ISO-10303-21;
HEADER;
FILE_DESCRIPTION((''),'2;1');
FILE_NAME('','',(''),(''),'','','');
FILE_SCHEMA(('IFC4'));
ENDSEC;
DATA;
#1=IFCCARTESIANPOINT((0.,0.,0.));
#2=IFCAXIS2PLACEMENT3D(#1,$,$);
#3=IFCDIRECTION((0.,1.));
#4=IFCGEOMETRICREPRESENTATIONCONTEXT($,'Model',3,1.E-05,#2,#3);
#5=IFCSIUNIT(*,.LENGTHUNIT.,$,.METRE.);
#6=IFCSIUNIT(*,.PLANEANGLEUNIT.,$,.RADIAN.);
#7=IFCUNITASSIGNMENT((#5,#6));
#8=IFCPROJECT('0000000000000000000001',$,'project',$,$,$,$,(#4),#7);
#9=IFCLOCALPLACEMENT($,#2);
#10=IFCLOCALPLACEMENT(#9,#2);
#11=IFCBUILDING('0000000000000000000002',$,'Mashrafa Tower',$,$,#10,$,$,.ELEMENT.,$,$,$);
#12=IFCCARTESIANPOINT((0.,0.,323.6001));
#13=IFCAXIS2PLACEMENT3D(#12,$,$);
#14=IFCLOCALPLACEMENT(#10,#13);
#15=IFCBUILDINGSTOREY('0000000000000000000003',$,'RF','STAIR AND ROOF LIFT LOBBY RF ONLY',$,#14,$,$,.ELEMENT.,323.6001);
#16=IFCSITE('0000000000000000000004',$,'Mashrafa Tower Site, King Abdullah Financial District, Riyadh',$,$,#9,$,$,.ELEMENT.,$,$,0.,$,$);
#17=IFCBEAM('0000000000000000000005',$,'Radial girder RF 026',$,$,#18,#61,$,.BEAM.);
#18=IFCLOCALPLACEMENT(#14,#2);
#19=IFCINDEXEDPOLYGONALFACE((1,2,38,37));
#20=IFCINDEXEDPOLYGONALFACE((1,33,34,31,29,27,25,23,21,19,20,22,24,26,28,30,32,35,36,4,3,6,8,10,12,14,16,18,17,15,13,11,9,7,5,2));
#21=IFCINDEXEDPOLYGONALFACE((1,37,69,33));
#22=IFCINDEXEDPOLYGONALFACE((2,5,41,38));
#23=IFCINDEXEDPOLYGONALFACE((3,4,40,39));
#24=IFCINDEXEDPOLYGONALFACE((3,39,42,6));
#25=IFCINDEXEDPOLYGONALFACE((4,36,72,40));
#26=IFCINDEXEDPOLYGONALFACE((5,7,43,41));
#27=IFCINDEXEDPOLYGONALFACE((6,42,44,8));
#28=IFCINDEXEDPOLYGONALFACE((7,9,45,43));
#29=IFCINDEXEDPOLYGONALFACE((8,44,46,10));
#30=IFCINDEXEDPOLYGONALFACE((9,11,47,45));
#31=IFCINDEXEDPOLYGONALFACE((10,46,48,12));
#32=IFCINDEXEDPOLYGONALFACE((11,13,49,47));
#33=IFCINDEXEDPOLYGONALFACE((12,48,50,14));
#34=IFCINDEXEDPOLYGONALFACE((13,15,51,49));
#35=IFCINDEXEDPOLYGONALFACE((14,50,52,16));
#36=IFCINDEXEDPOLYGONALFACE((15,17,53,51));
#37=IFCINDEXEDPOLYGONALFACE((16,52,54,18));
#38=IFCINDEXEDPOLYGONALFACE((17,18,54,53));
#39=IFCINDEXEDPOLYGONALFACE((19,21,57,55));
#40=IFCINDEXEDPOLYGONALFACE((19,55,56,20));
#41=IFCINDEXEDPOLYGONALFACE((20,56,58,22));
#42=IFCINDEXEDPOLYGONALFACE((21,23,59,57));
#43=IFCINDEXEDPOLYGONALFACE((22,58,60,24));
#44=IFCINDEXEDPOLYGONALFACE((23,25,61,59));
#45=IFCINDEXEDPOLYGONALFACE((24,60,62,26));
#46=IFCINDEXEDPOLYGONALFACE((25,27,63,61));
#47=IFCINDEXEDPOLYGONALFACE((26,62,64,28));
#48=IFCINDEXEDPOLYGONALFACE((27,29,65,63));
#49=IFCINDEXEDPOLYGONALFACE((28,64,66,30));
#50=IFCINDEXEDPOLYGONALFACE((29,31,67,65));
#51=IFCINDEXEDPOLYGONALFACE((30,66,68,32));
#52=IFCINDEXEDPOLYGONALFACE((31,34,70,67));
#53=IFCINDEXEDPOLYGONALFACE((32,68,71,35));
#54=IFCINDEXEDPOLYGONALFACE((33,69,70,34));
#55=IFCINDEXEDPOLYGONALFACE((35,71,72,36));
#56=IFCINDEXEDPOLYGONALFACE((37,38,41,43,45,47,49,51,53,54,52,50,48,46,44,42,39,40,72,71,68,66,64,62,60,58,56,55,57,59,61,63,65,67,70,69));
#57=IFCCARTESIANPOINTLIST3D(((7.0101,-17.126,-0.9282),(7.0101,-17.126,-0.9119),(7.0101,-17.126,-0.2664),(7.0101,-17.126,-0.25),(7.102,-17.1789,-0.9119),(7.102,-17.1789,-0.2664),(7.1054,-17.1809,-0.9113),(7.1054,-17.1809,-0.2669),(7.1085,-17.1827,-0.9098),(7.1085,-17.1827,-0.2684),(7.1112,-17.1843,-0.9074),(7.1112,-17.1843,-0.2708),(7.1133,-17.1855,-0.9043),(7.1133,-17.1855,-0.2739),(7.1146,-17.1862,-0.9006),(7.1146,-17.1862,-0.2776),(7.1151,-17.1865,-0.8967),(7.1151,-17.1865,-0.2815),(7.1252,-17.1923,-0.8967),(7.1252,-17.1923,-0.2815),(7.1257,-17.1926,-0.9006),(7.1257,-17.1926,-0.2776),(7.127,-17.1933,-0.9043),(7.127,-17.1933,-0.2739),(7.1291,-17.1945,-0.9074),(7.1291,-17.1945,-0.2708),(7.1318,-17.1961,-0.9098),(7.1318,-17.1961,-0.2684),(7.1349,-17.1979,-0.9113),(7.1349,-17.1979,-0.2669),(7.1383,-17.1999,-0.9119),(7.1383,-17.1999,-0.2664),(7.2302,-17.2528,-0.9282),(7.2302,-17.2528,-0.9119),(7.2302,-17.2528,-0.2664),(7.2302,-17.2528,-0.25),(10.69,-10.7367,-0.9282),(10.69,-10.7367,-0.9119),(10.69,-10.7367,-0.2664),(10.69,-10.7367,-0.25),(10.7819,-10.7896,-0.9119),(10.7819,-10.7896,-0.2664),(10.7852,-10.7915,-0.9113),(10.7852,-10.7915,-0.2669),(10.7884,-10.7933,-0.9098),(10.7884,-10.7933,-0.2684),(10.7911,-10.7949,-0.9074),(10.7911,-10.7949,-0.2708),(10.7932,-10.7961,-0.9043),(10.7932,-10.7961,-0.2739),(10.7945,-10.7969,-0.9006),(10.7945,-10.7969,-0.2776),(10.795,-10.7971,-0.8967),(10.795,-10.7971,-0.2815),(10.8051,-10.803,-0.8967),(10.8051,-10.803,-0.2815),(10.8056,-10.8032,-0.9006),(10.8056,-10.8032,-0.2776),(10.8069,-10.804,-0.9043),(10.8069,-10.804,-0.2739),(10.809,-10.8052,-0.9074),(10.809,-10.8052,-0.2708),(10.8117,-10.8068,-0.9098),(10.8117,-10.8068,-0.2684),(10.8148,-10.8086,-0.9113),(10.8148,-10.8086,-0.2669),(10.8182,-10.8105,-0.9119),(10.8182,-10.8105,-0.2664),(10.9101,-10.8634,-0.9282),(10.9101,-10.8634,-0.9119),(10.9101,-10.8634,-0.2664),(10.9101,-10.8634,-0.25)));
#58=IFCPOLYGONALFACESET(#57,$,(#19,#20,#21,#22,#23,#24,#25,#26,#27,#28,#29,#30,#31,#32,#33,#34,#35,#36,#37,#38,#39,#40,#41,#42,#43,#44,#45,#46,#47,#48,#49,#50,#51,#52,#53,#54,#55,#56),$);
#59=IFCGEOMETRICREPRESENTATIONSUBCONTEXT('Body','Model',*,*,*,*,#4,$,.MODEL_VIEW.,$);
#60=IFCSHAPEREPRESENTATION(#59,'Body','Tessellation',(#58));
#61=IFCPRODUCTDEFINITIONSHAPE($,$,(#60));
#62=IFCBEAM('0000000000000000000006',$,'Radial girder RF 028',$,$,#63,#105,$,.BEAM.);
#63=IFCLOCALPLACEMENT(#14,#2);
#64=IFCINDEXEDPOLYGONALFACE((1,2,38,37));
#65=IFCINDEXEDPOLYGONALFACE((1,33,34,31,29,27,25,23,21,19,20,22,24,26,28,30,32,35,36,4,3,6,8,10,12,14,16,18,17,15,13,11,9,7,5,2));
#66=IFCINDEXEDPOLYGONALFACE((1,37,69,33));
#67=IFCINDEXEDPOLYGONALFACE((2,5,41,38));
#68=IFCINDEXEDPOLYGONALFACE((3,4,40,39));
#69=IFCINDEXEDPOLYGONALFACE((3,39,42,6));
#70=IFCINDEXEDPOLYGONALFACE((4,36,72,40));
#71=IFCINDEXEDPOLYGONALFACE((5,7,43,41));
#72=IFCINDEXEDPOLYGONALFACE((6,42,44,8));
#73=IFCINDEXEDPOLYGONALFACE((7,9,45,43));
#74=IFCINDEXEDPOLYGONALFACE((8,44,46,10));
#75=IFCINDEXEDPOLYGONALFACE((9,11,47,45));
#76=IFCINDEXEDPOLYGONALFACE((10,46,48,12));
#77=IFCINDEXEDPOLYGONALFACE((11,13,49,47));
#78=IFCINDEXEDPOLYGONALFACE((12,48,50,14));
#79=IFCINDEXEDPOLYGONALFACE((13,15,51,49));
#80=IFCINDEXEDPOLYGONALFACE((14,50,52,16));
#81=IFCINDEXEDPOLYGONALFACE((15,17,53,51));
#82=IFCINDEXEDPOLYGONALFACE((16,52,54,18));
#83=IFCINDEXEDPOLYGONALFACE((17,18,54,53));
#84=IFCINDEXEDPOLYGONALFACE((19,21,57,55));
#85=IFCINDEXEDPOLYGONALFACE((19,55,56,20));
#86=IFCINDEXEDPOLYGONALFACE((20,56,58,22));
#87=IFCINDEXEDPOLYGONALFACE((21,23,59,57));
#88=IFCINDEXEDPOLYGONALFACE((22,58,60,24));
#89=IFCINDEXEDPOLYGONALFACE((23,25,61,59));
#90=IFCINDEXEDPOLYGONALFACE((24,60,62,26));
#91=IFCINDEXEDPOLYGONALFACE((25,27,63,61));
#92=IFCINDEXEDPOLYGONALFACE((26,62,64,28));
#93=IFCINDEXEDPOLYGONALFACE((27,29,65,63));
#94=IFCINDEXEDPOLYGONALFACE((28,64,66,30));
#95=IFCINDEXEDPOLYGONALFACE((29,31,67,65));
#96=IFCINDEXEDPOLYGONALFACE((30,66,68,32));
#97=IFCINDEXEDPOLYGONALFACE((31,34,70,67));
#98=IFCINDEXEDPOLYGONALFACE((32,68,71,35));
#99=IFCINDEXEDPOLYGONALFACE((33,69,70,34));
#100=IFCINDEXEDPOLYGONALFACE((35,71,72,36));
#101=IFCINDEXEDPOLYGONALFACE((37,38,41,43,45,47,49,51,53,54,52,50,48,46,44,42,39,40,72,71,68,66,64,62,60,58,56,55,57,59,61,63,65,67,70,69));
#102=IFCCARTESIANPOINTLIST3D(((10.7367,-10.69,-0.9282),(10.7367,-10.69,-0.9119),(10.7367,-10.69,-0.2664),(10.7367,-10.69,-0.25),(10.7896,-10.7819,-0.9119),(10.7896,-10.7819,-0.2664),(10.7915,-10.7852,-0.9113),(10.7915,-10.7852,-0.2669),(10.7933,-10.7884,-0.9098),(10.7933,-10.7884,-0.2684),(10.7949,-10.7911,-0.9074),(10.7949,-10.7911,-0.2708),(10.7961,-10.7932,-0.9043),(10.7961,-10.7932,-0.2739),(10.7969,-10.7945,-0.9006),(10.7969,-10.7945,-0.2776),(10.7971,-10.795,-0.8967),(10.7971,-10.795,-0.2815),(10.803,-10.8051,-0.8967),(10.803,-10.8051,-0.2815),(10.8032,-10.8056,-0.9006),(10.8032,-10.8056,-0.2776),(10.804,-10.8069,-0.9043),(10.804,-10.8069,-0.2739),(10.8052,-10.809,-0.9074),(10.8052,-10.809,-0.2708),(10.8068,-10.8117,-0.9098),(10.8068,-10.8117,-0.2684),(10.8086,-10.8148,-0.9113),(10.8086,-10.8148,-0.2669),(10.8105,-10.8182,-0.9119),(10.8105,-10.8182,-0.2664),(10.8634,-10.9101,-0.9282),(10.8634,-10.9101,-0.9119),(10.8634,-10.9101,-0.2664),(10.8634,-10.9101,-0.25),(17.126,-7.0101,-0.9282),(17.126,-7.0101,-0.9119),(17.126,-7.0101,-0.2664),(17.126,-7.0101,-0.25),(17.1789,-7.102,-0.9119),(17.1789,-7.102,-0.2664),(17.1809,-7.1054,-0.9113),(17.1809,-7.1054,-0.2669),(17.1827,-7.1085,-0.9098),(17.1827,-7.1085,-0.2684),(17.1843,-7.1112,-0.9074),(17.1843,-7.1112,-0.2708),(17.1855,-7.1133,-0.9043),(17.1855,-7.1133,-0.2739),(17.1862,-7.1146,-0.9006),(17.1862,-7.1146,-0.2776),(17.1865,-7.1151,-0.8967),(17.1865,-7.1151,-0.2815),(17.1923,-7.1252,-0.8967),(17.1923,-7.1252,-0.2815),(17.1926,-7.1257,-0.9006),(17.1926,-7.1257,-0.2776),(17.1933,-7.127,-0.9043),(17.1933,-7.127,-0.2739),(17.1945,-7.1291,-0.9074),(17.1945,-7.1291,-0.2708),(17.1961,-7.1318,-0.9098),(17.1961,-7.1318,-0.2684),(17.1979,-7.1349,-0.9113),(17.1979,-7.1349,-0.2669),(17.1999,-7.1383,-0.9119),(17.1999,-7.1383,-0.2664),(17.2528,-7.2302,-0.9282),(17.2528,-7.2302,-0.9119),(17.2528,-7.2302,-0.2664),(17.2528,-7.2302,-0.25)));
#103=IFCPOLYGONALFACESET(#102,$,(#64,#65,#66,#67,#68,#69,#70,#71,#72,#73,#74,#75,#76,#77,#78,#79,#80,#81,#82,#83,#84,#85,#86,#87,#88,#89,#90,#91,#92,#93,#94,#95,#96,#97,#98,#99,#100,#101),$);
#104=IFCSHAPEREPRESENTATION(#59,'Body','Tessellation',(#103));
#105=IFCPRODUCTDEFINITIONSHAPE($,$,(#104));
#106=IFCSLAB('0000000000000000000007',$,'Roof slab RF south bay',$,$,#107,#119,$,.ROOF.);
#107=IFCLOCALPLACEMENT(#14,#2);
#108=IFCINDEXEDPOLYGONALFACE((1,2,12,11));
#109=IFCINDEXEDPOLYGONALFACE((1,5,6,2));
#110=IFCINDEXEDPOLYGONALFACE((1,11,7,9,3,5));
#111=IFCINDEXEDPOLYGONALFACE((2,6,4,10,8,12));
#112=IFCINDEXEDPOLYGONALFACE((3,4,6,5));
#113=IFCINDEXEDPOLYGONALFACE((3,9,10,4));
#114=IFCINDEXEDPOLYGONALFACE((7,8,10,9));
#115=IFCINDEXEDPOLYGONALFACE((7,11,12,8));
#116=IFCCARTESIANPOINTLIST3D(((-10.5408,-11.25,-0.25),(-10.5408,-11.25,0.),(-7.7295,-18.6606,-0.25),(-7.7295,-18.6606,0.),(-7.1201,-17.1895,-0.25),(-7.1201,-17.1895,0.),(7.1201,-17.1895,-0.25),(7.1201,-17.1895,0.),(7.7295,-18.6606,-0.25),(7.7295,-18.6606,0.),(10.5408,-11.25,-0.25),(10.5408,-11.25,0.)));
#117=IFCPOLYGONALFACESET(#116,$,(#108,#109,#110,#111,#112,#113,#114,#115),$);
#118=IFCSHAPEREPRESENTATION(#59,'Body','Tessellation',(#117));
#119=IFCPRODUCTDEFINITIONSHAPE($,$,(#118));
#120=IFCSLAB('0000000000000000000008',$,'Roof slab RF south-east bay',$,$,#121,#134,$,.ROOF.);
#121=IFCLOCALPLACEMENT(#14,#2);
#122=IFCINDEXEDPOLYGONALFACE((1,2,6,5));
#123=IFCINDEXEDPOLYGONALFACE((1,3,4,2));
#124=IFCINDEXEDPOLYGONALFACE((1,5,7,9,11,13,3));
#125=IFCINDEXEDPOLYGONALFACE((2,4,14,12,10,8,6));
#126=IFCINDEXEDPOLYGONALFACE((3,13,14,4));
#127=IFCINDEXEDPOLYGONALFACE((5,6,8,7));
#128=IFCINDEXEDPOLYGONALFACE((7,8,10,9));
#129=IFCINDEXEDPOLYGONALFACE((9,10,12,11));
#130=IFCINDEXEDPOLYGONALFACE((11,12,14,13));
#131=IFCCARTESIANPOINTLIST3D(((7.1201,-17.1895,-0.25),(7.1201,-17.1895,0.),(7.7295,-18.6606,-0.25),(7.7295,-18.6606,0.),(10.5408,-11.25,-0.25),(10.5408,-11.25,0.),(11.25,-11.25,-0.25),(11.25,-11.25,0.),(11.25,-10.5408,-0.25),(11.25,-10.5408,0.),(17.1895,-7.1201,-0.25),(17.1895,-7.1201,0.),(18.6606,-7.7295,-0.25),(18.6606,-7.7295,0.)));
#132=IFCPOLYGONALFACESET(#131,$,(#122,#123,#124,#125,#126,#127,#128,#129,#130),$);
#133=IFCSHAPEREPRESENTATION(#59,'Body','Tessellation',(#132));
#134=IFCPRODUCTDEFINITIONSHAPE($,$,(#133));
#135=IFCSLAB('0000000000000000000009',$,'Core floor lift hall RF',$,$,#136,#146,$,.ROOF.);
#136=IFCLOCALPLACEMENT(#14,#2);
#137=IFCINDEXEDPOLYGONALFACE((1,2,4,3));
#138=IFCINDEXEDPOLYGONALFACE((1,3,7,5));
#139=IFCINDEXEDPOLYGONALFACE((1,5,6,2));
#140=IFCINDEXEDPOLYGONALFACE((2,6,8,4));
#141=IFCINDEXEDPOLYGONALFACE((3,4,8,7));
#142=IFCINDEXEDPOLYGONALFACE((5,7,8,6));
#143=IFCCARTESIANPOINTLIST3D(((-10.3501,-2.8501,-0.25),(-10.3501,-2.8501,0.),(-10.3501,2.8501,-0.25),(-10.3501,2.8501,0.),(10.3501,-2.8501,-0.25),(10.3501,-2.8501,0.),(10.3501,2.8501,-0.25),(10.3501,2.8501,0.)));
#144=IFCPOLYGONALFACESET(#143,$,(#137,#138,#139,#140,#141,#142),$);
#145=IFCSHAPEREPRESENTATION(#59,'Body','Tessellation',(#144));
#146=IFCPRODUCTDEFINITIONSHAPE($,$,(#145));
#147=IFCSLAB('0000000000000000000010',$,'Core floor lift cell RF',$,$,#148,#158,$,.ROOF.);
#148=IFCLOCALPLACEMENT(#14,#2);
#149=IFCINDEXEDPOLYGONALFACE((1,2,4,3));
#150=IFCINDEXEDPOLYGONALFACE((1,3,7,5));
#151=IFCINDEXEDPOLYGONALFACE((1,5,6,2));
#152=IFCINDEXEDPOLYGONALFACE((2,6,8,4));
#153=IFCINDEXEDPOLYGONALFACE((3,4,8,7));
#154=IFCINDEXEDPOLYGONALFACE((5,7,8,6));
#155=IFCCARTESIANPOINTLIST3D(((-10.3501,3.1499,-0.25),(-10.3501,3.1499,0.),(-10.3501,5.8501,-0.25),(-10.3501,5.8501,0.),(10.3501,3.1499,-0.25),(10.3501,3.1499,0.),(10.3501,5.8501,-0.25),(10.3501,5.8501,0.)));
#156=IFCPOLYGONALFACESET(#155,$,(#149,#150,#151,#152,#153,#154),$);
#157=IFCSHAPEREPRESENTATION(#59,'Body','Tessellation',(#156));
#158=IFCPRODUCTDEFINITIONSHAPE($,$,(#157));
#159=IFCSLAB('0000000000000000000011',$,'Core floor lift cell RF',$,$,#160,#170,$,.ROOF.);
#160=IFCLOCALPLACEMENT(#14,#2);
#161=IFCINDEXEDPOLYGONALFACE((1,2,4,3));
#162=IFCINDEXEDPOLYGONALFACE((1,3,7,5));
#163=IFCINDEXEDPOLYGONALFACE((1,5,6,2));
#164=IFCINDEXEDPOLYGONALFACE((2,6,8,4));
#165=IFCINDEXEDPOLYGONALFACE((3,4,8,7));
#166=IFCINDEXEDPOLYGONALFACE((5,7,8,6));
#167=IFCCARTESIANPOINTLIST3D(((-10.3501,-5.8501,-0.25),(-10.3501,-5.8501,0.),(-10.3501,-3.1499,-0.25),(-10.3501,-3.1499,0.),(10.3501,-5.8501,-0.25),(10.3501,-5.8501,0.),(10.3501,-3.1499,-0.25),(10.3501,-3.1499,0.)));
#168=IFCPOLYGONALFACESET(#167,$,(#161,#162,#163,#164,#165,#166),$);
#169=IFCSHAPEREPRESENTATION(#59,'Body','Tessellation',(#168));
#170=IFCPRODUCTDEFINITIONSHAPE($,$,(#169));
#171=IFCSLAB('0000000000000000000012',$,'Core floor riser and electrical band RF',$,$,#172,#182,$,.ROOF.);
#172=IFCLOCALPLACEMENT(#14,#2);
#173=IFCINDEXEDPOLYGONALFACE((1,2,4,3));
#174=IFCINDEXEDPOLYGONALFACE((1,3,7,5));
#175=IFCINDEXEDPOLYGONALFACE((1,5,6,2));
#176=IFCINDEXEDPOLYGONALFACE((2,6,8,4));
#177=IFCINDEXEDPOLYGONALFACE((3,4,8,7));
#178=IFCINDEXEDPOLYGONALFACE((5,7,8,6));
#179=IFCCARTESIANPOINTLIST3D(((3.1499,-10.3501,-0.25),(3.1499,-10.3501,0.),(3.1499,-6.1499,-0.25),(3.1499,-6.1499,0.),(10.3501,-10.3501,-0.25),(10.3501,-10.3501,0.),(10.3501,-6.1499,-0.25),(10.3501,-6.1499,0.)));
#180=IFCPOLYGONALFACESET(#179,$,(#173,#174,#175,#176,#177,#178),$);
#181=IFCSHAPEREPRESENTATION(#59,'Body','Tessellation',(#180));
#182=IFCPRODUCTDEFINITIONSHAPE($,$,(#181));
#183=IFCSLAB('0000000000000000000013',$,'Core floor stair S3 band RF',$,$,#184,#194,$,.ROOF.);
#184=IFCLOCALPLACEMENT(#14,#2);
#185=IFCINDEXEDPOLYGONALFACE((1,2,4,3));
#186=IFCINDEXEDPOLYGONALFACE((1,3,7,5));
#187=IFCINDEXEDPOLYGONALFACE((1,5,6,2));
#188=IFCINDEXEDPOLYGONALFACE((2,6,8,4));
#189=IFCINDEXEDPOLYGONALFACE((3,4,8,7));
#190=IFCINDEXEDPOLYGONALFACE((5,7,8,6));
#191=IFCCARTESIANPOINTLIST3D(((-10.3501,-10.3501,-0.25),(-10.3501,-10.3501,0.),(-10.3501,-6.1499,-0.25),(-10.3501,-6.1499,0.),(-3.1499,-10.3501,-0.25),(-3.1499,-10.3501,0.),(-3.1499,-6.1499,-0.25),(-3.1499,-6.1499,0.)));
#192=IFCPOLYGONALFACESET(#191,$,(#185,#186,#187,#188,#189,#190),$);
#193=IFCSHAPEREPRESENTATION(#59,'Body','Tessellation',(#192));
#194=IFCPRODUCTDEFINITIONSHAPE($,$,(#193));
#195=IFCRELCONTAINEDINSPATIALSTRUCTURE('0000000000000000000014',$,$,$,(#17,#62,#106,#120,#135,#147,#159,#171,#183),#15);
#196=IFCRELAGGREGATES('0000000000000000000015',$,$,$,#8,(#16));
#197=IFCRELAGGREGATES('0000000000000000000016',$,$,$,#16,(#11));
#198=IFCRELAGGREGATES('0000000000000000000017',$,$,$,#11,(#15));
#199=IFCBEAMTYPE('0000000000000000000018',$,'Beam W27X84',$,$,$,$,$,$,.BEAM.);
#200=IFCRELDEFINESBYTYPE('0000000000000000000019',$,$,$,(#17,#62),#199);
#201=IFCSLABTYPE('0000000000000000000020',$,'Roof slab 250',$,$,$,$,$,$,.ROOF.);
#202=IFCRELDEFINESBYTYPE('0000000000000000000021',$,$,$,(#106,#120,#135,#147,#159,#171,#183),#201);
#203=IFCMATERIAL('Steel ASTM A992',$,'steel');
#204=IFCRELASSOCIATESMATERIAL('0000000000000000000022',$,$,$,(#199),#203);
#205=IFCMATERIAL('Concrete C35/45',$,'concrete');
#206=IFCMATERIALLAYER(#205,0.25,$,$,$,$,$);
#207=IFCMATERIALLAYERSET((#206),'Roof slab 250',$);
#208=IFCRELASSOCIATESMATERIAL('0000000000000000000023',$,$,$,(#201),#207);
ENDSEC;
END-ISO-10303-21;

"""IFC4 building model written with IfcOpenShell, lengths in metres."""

from ifc_helpers import new_model, si_unit, direction, frame, origin, origin_2d, place, context, subcontext, project, spatial, polyline, i_section, outline, extrude, material, layer, layer_set, material_profile, profile_set, type_object, element, save


model = new_model("IFC4")

# Units and contexts
model_context = context("Model", 3, precision=1e-05, world=origin(), true_north=direction((0.0, 1.0)))
body_context = subcontext(model_context, "Body", "Model", "MODEL_VIEW")
ifc_project = project(units=[si_unit("LENGTHUNIT", "METRE"), si_unit("PLANEANGLEUNIT", "RADIAN")], contexts=[model_context])

# Site, building, storey
site_placement = place(None, origin())
site = spatial("IfcSite", under=ifc_project, at=site_placement, Name="Mashrafa Tower Site, King Abdullah Financial District, Riyadh", CompositionType="ELEMENT", RefElevation=0.0)
building_placement = place(site_placement, origin())
building = spatial("IfcBuilding", under=site, at=building_placement, Name="Mashrafa Tower", CompositionType="ELEMENT")
storey_placement = place(building_placement, frame((0.0, 0.0, 323.6001)))
storey = spatial("IfcBuildingStorey", under=building, at=storey_placement, Name="RF", Description="STAIR AND ROOF LIFT LOBBY RF ONLY", CompositionType="ELEMENT", Elevation=323.6001)

# Beams
ifc_material_1 = material(Name="Steel ASTM A992", Category="steel")
ifc_material_profile_1 = material_profile(ifc_material_1, i_section(OverallWidth=0.2539, OverallDepth=0.6782, WebThickness=0.0117, FlangeThickness=0.0164, FilletRadius=0.0151, at=origin_2d()), Name="W27X84")
ifc_profile_set_1 = profile_set([ifc_material_profile_1], Name="Steel ASTM A992")
beam_type_1 = type_object("IfcBeamType", Name="Beam W27X84", PredefinedType="BEAM", material=ifc_profile_set_1)
for number, where, z_axis, x_axis, name in (
    (1, (10.8, -10.8, -0.5891), (-0.499085, -0.866553, 0.0), (0.866553, -0.499085, 0.0), "Radial girder RF 026"),
    (2, (10.8, -10.8, -0.5891), (0.866553, 0.499085, 0.0), (-0.499085, 0.866553, 0.0), "Radial girder RF 028"),
):
    element("IfcBeam", number, at=place(storey_placement, frame(where, z_axis=z_axis, x_axis=x_axis)), inside=storey, type_object=beam_type_1, Name=name, PredefinedType="BEAM", context=body_context, shape_type="SweptSolid", body=[
        extrude(i_section(OverallWidth=0.2539, OverallDepth=0.6782, WebThickness=0.0117, FlangeThickness=0.0164, FilletRadius=0.0151, at=origin_2d()), origin(), (0.0, 0.0, 1.0), 7.3733),
    ])

# Slabs
ifc_material_2 = material(Name="Concrete C35/45", Category="concrete")
ifc_layer_1 = layer(ifc_material_2, 0.25)
ifc_layer_set_1 = layer_set([ifc_layer_1], Name="Roof slab 250")
slab_type = type_object("IfcSlabType", Name="Roof slab 250", PredefinedType="ROOF", material=ifc_layer_set_1)
slab_1_placement = place(storey_placement, frame((0.0, 0.0, -0.25)))
element("IfcSlab", 3, at=slab_1_placement, inside=storey, type_object=slab_type, Name="Roof slab RF south bay", PredefinedType="ROOF", context=body_context, shape_type="SweptSolid", body=[
    extrude(outline(polyline([(-7.7295, -18.6606), (-7.7295, -18.6606), (-7.1201, -17.1895), (-10.5408, -11.25), (10.5408, -11.25), (7.1201, -17.1895), (7.7295, -18.6606), (7.7295, -18.6606), (-7.7295, -18.6606)])), origin(), (0.0, 0.0, 1.0), 0.25),
])
slab_2_placement = place(storey_placement, frame((0.0, 0.0, -0.25)))
element("IfcSlab", 4, at=slab_2_placement, inside=storey, type_object=slab_type, Name="Roof slab RF south-east bay", PredefinedType="ROOF", context=body_context, shape_type="SweptSolid", body=[
    extrude(outline(polyline([(7.7295, -18.6606), (7.1201, -17.1895), (10.5408, -11.25), (11.25, -11.25), (11.25, -10.5408), (17.1895, -7.1201), (18.6606, -7.7295), (7.7295, -18.6606)])), origin(), (0.0, 0.0, 1.0), 0.25),
])
slab_3_placement = place(storey_placement, frame((0.0, 0.0, -0.25)))
element("IfcSlab", 5, at=slab_3_placement, inside=storey, type_object=slab_type, Name="Core floor lift hall RF", PredefinedType="ROOF", context=body_context, shape_type="SweptSolid", body=[
    extrude(outline(polyline([(10.3501, 2.8501), (10.3501, -2.8501), (-10.3501, -2.8501), (-10.3501, 2.8501), (10.3501, 2.8501)])), origin(), (0.0, 0.0, 1.0), 0.25),
])
slab_4_placement = place(storey_placement, frame((0.0, 0.0, -0.25)))
element("IfcSlab", 6, at=slab_4_placement, inside=storey, type_object=slab_type, Name="Core floor lift cell RF", PredefinedType="ROOF", context=body_context, shape_type="SweptSolid", body=[
    extrude(outline(polyline([(-10.3501, 5.8501), (10.3501, 5.8501), (10.3501, 3.1499), (-10.3501, 3.1499), (-10.3501, 5.8501)])), origin(), (0.0, 0.0, 1.0), 0.25),
])
slab_5_placement = place(storey_placement, frame((0.0, 0.0, -0.25)))
element("IfcSlab", 7, at=slab_5_placement, inside=storey, type_object=slab_type, Name="Core floor lift cell RF", PredefinedType="ROOF", context=body_context, shape_type="SweptSolid", body=[
    extrude(outline(polyline([(-10.3501, -3.1499), (10.3501, -3.1499), (10.3501, -5.8501), (-10.3501, -5.8501), (-10.3501, -3.1499)])), origin(), (0.0, 0.0, 1.0), 0.25),
])
slab_6_placement = place(storey_placement, frame((0.0, 0.0, -0.25)))
element("IfcSlab", 8, at=slab_6_placement, inside=storey, type_object=slab_type, Name="Core floor riser and electrical band RF", PredefinedType="ROOF", context=body_context, shape_type="SweptSolid", body=[
    extrude(outline(polyline([(3.1499, -10.3501), (3.1499, -6.1499), (10.3501, -6.1499), (10.3501, -10.3501), (3.1499, -10.3501)])), origin(), (0.0, 0.0, 1.0), 0.25),
])
slab_7_placement = place(storey_placement, frame((0.0, 0.0, -0.25)))
element("IfcSlab", 9, at=slab_7_placement, inside=storey, type_object=slab_type, Name="Core floor stair S3 band RF", PredefinedType="ROOF", context=body_context, shape_type="SweptSolid", body=[
    extrude(outline(polyline([(-10.3501, -6.1499), (-3.1499, -6.1499), (-3.1499, -10.3501), (-10.3501, -10.3501), (-10.3501, -6.1499)])), origin(), (0.0, 0.0, 1.0), 0.25),
])

save(model, "model.ifc")
